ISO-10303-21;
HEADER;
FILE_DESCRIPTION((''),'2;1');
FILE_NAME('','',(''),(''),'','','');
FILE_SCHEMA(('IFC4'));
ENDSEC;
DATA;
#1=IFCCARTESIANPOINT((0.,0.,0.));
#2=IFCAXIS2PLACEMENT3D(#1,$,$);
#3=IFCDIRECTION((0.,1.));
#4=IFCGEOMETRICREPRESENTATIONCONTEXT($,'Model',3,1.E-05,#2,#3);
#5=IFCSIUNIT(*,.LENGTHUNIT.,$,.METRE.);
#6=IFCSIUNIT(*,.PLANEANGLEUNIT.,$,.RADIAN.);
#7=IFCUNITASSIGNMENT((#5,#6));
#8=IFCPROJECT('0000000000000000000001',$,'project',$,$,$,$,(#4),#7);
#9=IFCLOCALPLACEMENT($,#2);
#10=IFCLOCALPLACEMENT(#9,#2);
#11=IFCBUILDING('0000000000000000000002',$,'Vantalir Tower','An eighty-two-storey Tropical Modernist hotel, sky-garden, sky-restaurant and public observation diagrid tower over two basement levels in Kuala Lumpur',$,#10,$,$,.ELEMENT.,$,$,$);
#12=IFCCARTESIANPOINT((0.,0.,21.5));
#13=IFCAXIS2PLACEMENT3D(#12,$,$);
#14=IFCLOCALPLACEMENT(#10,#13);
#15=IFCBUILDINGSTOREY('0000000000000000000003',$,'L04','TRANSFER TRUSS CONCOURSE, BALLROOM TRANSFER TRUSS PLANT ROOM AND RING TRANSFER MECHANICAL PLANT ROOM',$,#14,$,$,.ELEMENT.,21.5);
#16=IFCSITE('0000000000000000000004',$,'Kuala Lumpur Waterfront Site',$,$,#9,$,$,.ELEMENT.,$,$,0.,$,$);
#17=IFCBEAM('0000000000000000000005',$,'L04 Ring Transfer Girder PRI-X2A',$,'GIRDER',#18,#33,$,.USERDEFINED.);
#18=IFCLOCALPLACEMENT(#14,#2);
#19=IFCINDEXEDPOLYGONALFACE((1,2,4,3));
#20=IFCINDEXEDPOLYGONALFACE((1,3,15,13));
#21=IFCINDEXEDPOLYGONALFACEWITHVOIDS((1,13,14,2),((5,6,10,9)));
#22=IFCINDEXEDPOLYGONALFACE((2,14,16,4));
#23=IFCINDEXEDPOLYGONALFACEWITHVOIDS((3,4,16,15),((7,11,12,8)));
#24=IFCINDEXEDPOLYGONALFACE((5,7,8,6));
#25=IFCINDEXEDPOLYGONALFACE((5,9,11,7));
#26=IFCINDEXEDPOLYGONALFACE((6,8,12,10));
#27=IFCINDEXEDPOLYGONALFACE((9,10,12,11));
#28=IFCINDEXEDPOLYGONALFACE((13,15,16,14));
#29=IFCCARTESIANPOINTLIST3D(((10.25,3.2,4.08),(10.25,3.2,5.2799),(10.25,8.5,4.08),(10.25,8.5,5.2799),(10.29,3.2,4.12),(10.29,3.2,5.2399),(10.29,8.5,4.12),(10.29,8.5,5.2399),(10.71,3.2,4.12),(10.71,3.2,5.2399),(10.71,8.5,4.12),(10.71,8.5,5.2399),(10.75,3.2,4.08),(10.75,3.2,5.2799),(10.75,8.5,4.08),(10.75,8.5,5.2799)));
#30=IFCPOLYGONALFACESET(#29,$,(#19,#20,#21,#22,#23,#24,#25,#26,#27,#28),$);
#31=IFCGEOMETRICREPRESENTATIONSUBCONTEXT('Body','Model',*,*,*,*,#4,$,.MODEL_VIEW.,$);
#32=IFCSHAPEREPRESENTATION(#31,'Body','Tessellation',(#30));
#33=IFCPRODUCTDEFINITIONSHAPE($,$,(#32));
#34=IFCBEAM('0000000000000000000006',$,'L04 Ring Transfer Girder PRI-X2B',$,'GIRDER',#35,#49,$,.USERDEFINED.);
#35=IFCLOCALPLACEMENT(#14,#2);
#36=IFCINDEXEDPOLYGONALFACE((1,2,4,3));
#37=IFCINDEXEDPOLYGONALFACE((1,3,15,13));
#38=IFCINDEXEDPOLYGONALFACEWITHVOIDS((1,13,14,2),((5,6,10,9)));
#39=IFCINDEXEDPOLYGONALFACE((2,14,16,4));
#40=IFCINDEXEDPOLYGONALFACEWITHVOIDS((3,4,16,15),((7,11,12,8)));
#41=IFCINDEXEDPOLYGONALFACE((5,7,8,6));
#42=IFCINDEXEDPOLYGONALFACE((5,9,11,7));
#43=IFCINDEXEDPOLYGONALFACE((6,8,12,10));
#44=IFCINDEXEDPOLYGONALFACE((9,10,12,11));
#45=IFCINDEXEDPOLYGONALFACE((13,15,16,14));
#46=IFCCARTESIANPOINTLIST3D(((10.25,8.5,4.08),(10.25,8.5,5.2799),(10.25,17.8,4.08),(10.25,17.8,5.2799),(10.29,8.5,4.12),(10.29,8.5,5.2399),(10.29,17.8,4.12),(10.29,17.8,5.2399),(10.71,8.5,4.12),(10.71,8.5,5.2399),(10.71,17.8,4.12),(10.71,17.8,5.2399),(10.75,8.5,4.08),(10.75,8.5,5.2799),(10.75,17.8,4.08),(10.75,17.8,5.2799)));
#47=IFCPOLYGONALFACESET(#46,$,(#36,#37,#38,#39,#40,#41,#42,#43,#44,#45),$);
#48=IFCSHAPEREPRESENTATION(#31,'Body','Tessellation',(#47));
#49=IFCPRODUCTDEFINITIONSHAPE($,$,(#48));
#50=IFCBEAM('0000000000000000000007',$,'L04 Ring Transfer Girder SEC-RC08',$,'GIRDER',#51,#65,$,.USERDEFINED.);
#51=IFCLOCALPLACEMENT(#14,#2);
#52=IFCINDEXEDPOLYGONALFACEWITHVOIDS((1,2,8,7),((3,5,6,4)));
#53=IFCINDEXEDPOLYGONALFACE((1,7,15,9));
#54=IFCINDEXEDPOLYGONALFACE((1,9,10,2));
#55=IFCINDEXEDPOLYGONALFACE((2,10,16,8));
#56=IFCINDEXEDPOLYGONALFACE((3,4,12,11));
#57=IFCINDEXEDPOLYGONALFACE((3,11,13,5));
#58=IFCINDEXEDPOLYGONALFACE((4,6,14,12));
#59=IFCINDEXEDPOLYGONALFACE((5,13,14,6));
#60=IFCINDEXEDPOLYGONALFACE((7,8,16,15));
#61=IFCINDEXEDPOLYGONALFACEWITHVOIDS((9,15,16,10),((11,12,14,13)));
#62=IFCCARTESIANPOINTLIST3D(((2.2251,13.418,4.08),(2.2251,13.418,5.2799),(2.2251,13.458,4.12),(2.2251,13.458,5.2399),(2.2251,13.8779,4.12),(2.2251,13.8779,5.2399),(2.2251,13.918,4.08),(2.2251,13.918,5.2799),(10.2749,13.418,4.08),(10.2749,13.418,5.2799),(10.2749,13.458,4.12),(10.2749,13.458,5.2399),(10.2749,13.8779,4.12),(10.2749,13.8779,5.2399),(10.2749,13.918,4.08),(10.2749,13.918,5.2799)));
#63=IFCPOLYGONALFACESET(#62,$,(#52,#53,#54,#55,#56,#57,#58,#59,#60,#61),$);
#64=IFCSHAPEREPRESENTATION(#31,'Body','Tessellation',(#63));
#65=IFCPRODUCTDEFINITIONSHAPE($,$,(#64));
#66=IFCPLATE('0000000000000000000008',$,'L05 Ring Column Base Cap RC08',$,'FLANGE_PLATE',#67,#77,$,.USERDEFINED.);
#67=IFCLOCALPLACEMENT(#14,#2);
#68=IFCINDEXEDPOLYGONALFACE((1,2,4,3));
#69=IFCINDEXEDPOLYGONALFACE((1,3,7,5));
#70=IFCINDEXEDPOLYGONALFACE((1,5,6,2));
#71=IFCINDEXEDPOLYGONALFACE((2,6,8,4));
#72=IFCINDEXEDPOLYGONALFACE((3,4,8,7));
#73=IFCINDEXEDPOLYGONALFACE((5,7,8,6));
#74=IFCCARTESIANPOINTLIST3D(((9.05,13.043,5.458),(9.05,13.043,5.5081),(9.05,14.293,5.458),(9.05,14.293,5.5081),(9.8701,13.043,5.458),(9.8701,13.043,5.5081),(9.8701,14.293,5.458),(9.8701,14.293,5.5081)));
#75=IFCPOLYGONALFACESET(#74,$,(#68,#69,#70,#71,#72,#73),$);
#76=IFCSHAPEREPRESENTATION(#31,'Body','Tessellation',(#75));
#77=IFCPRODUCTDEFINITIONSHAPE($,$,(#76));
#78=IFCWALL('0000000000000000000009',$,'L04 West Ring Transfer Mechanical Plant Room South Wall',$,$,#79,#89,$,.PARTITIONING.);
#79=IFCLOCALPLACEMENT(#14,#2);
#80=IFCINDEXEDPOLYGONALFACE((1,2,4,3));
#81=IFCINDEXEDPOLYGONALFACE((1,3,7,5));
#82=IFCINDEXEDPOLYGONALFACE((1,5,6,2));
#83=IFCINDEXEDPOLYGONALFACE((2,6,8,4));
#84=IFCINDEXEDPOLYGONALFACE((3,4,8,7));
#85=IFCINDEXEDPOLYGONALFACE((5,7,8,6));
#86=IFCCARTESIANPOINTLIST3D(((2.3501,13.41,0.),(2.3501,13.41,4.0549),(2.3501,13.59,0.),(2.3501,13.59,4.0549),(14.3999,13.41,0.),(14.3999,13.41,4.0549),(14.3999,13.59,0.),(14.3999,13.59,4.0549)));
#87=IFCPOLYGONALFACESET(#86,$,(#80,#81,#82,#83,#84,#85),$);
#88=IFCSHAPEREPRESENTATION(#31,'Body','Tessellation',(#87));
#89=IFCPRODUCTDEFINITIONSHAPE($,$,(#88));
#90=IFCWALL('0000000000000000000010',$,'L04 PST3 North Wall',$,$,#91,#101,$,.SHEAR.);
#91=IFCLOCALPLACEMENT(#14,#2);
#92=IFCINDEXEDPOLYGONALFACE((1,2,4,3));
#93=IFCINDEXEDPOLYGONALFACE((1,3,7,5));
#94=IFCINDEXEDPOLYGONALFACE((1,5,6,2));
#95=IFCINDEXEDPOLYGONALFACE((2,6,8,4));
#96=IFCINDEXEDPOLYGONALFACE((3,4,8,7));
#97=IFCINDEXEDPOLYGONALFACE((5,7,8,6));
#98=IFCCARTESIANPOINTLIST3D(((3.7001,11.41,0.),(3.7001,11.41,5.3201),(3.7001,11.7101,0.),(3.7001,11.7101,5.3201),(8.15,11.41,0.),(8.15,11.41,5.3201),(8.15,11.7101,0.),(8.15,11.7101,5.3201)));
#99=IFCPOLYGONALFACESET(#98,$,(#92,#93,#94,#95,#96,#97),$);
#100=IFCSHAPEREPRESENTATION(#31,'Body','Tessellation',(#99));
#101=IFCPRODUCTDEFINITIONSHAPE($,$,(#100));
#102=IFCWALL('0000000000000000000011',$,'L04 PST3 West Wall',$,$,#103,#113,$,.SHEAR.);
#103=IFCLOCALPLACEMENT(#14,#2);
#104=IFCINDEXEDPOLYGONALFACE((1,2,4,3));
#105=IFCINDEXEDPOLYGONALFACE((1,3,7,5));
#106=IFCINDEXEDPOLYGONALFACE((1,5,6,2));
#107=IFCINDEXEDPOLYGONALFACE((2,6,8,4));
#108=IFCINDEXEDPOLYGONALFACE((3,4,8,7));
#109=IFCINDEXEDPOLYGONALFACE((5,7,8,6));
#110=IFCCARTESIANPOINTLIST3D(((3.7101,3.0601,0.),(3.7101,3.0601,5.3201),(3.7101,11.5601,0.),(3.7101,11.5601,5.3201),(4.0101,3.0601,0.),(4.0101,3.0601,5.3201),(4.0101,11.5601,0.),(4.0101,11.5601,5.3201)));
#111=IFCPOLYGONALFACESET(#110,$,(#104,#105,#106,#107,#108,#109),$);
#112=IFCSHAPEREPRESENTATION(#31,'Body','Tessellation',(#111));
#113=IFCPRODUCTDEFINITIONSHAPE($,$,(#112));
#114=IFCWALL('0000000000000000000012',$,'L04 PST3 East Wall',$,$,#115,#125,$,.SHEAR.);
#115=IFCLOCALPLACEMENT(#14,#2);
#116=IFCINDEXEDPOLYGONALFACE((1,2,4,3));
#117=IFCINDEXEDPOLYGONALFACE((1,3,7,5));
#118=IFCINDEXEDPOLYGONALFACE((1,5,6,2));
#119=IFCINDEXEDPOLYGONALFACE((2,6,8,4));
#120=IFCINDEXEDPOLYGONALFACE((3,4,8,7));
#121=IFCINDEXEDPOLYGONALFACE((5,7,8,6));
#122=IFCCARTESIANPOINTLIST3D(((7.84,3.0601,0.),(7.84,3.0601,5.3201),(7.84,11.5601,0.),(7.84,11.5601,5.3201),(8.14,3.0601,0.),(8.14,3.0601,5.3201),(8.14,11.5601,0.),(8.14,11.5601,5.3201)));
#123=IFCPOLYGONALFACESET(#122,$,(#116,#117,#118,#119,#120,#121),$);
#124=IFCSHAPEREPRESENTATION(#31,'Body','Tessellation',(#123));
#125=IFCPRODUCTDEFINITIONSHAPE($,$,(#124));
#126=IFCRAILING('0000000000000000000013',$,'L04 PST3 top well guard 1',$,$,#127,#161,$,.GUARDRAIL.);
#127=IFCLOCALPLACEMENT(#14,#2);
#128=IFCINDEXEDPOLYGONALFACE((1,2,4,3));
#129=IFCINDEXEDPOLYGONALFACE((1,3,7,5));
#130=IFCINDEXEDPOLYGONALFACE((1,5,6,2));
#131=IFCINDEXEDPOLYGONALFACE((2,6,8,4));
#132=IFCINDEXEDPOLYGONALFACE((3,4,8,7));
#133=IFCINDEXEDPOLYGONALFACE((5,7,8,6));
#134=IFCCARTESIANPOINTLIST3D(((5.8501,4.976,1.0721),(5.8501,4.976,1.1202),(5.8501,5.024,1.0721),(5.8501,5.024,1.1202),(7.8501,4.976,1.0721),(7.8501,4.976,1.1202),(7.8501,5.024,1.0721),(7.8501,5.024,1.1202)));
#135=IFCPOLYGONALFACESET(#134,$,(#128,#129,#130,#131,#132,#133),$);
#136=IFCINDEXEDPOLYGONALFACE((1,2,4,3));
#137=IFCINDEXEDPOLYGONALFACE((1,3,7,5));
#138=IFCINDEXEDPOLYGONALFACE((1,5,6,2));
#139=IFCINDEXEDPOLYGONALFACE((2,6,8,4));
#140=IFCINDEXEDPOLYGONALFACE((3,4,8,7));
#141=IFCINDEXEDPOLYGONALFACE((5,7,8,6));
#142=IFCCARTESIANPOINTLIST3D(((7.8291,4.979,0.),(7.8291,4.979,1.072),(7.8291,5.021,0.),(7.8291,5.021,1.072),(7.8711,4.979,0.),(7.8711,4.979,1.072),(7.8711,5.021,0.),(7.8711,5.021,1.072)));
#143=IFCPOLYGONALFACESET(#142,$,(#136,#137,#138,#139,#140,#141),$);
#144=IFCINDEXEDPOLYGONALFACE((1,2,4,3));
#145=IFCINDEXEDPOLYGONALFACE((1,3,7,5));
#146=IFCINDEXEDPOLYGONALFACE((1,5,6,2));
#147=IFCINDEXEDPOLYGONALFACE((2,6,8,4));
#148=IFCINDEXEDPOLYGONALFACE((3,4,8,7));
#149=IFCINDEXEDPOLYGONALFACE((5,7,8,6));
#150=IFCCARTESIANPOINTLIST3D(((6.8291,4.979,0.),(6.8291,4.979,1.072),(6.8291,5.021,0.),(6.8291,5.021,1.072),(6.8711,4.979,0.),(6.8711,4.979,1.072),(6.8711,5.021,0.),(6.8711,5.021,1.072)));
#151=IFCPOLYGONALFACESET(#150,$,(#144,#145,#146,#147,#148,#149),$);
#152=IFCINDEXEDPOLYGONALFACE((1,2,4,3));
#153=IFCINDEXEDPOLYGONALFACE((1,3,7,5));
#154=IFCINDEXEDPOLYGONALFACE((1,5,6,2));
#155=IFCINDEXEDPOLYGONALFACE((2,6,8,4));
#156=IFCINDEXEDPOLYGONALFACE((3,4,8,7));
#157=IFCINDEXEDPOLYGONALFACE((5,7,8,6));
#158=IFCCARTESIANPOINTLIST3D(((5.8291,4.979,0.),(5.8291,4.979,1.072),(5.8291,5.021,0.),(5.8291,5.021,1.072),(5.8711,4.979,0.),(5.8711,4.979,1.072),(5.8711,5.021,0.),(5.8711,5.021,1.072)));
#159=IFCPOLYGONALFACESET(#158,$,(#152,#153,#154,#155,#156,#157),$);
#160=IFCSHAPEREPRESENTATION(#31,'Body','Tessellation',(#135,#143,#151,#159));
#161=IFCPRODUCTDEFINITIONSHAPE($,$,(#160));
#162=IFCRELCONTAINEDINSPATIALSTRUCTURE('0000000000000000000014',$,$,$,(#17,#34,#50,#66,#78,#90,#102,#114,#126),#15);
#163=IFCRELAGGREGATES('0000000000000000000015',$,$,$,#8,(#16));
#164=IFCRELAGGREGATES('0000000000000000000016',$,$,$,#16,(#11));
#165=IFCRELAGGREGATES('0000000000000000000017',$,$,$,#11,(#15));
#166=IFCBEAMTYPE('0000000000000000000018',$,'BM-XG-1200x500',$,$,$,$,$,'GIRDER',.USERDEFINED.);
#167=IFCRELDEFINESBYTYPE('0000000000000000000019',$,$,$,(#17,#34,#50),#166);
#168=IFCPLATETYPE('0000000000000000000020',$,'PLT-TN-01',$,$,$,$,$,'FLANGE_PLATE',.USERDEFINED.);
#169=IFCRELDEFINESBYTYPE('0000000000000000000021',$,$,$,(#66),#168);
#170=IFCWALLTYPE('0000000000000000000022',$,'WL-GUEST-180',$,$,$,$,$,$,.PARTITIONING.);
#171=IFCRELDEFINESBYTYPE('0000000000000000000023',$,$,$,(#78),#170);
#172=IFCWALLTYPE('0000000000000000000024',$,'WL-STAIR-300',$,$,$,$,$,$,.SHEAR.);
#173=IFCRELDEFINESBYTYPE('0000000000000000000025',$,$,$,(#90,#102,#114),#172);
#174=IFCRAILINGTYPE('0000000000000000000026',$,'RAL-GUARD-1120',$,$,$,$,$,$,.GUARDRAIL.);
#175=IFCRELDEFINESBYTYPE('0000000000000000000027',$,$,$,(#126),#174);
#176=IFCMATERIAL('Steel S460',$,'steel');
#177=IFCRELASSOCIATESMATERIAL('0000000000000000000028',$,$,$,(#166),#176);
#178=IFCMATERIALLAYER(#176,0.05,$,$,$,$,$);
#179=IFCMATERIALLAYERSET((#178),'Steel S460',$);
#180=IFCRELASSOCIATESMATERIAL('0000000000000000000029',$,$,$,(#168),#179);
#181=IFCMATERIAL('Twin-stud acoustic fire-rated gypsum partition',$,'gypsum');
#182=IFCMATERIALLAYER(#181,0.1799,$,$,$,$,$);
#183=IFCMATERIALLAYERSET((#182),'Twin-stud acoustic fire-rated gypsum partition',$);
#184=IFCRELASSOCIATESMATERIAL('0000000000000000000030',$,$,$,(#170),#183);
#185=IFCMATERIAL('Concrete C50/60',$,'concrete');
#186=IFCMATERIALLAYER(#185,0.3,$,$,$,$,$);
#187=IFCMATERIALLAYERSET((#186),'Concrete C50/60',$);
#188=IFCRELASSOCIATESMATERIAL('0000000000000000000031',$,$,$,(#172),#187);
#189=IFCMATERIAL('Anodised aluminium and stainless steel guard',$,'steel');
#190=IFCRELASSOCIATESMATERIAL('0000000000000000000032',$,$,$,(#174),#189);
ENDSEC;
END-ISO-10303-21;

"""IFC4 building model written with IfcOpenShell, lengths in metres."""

from ifc_helpers import new_model, si_unit, direction, frame, frame_2d, origin, origin_2d, place, context, subcontext, project, spatial, polyline, rectangle, hollow_rectangle, outline, extrude, material, layer, layer_set, material_profile, profile_set, type_object, element, save


model = new_model("IFC4")

# Units and contexts
model_context = context("Model", 3, precision=1e-05, world=origin(), true_north=direction((0.0, 1.0)))
body_context = subcontext(model_context, "Body", "Model", "MODEL_VIEW")
ifc_project = project(units=[si_unit("LENGTHUNIT", "METRE"), si_unit("PLANEANGLEUNIT", "RADIAN")], contexts=[model_context])

# Site, building, storey
site_placement = place(None, origin())
site = spatial("IfcSite", under=ifc_project, at=site_placement, Name="Kuala Lumpur Waterfront Site", CompositionType="ELEMENT", RefElevation=0.0)
building_placement = place(site_placement, origin())
building = spatial("IfcBuilding", under=site, at=building_placement, Name="Vantalir Tower", Description="An eighty-two-storey Tropical Modernist hotel, sky-garden, sky-restaurant and public observation diagrid tower over two basement levels in Kuala Lumpur", CompositionType="ELEMENT")
storey_placement = place(building_placement, frame((0.0, 0.0, 21.5)))
storey = spatial("IfcBuildingStorey", under=building, at=storey_placement, Name="L04", Description="TRANSFER TRUSS CONCOURSE, BALLROOM TRANSFER TRUSS PLANT ROOM AND RING TRANSFER MECHANICAL PLANT ROOM", CompositionType="ELEMENT", Elevation=21.5)

# Shared definitions
ifc_material_1 = material(Name="Steel S460", Category="steel")
ifc_material_2 = material(Name="Concrete C50/60", Category="concrete")

# Beams
ifc_material_profile_1 = material_profile(ifc_material_1, hollow_rectangle(XDim=0.5, YDim=1.2, WallThickness=0.04, at=origin_2d()), Name="Steel S460")
ifc_profile_set_1 = profile_set([ifc_material_profile_1], Name="Steel S460")
beam_type_1 = type_object("IfcBeamType", Name="BM-XG-1200x500", ElementType="GIRDER", PredefinedType="USERDEFINED", material=ifc_profile_set_1)
beam_1_placement = place(storey_placement, frame((10.5, 3.2, 4.6799), z_axis=(0.0, 1.0, 0.0), x_axis=(-1.0, 0.0, 0.0)))
element("IfcBeam", 1, at=beam_1_placement, inside=storey, type_object=beam_type_1, Name="L04 Ring Transfer Girder PRI-X2A", ObjectType="GIRDER", PredefinedType="USERDEFINED", context=body_context, shape_type="SweptSolid", body=[
    extrude(hollow_rectangle(XDim=0.5, YDim=1.2, WallThickness=0.04, at=origin_2d()), origin(), (0.0, 0.0, 1.0), 5.3),
])
beam_2_placement = place(storey_placement, frame((10.5, 8.5, 4.6799), z_axis=(0.0, 1.0, 0.0), x_axis=(-1.0, 0.0, 0.0)))
element("IfcBeam", 2, at=beam_2_placement, inside=storey, type_object=beam_type_1, Name="L04 Ring Transfer Girder PRI-X2B", ObjectType="GIRDER", PredefinedType="USERDEFINED", context=body_context, shape_type="SweptSolid", body=[
    extrude(hollow_rectangle(XDim=0.5, YDim=1.2, WallThickness=0.04, at=origin_2d()), origin(), (0.0, 0.0, 1.0), 9.3),
])
beam_3_placement = place(storey_placement, frame((2.2251, 13.668, 4.6799), z_axis=(1.0, 0.0, 0.0), x_axis=(0.0, 1.0, 0.0)))
element("IfcBeam", 3, at=beam_3_placement, inside=storey, type_object=beam_type_1, Name="L04 Ring Transfer Girder SEC-RC08", ObjectType="GIRDER", PredefinedType="USERDEFINED", context=body_context, shape_type="SweptSolid", body=[
    extrude(hollow_rectangle(XDim=0.5, YDim=1.2, WallThickness=0.04, at=origin_2d()), origin(), (0.0, 0.0, 1.0), 8.0498),
])

# Plate
ifc_layer_1 = layer(ifc_material_1, 0.05)
ifc_layer_set_1 = layer_set([ifc_layer_1], Name="Steel S460")
plate_type = type_object("IfcPlateType", Name="PLT-TN-01", ElementType="FLANGE_PLATE", PredefinedType="USERDEFINED", material=ifc_layer_set_1)
plate_placement = place(storey_placement, frame((9.05, 14.293, 5.5081), z_axis=(0.0, 0.0, 1.0), x_axis=(0.0, -1.0, 0.0)))
element("IfcPlate", 4, at=plate_placement, inside=storey, type_object=plate_type, Name="L05 Ring Column Base Cap RC08", ObjectType="FLANGE_PLATE", PredefinedType="USERDEFINED", context=body_context, shape_type="SweptSolid", body=[
    extrude(outline(polyline([(0.0, 0.0), (1.25, 0.0), (1.25, 0.8201), (0.0, 0.8201), (0.0, 0.0)])), origin(), (0.0, 0.0, -1.0), 0.05),
])

# Walls
ifc_material_3 = material(Name="Twin-stud acoustic fire-rated gypsum partition", Category="gypsum")
ifc_layer_2 = layer(ifc_material_3, 0.1799)
ifc_layer_set_2 = layer_set([ifc_layer_2], Name="Twin-stud acoustic fire-rated gypsum partition")
wall_type_1 = type_object("IfcWallType", Name="WL-GUEST-180", PredefinedType="PARTITIONING", material=ifc_layer_set_2)
wall_1_placement = place(storey_placement, frame((2.3501, 13.5, 0.0), z_axis=(0.0, 0.0, 1.0), x_axis=(1.0, 0.0, 0.0)))
element("IfcWall", 5, at=wall_1_placement, inside=storey, type_object=wall_type_1, Name="L04 West Ring Transfer Mechanical Plant Room South Wall", PredefinedType="PARTITIONING", context=body_context, shape_type="SweptSolid", body=[
    extrude(rectangle(XDim=12.0498, YDim=0.1799, at=frame_2d((6.0249, 0.0))), origin(), (0.0, 0.0, 1.0), 4.0549),
])
ifc_layer_3 = layer(ifc_material_2, 0.3)
ifc_layer_set_3 = layer_set([ifc_layer_3], Name="Concrete C50/60")
wall_type_2 = type_object("IfcWallType", Name="WL-STAIR-300", PredefinedType="SHEAR", material=ifc_layer_set_3)
wall_2_placement = place(storey_placement, frame((3.7, 11.5601, 0.0), z_axis=(0.0, 0.0, 1.0), x_axis=(1.0, 0.0, 0.0)))
element("IfcWall", 6, at=wall_2_placement, inside=storey, type_object=wall_type_2, Name="L04 PST3 North Wall", PredefinedType="SHEAR", context=body_context, shape_type="SweptSolid", body=[
    extrude(rectangle(XDim=4.45, YDim=0.3, at=frame_2d((2.2251, 0.0))), origin(), (0.0, 0.0, 1.0), 5.3201),
])
for number, where, z_axis, x_axis, name in (
    (7, (3.8601, 3.0601, 0.0), (0.0, 0.0, 1.0), (0.0, 1.0, 0.0), "L04 PST3 West Wall"),
    (8, (7.99, 3.0601, 0.0), (0.0, 0.0, 1.0), (0.0, 1.0, 0.0), "L04 PST3 East Wall"),
):
    element("IfcWall", number, at=place(storey_placement, frame(where, z_axis=z_axis, x_axis=x_axis)), inside=storey, type_object=wall_type_2, Name=name, PredefinedType="SHEAR", context=body_context, shape_type="SweptSolid", body=[
        extrude(rectangle(XDim=8.5, YDim=0.3, at=frame_2d((4.25, 0.0))), origin(), (0.0, 0.0, 1.0), 5.3201),
    ])

# Railing
ifc_material_4 = material(Name="Anodised aluminium and stainless steel guard", Category="steel")
railing_type = type_object("IfcRailingType", Name="RAL-GUARD-1120", PredefinedType="GUARDRAIL", material=ifc_material_4)
railing_placement = place(storey_placement, frame((7.8501, 5.0, 0.0)))
element("IfcRailing", 9, at=railing_placement, inside=storey, type_object=railing_type, Name="L04 PST3 top well guard 1", PredefinedType="GUARDRAIL", context=body_context, shape_type="SweptSolid", body=[
    extrude(rectangle(XDim=0.0481, YDim=0.0481, at=origin_2d()), frame((0.0, 0.0, 1.0962), z_axis=(-1.0, 0.0, 0.0), x_axis=(0.0, -1.0, 0.0)), (0.0, 0.0, 1.0), 2.0),
    extrude(rectangle(XDim=0.042, YDim=0.042, at=origin_2d()), origin(), (0.0, 0.0, 1.0), 1.072),
    extrude(rectangle(XDim=0.042, YDim=0.042, at=origin_2d()), frame((-1.0, 0.0, 0.0)), (0.0, 0.0, 1.0), 1.072),
    extrude(rectangle(XDim=0.042, YDim=0.042, at=origin_2d()), frame((-2.0, 0.0, 0.0)), (0.0, 0.0, 1.0), 1.072),
])

save(model, "model.ifc")
